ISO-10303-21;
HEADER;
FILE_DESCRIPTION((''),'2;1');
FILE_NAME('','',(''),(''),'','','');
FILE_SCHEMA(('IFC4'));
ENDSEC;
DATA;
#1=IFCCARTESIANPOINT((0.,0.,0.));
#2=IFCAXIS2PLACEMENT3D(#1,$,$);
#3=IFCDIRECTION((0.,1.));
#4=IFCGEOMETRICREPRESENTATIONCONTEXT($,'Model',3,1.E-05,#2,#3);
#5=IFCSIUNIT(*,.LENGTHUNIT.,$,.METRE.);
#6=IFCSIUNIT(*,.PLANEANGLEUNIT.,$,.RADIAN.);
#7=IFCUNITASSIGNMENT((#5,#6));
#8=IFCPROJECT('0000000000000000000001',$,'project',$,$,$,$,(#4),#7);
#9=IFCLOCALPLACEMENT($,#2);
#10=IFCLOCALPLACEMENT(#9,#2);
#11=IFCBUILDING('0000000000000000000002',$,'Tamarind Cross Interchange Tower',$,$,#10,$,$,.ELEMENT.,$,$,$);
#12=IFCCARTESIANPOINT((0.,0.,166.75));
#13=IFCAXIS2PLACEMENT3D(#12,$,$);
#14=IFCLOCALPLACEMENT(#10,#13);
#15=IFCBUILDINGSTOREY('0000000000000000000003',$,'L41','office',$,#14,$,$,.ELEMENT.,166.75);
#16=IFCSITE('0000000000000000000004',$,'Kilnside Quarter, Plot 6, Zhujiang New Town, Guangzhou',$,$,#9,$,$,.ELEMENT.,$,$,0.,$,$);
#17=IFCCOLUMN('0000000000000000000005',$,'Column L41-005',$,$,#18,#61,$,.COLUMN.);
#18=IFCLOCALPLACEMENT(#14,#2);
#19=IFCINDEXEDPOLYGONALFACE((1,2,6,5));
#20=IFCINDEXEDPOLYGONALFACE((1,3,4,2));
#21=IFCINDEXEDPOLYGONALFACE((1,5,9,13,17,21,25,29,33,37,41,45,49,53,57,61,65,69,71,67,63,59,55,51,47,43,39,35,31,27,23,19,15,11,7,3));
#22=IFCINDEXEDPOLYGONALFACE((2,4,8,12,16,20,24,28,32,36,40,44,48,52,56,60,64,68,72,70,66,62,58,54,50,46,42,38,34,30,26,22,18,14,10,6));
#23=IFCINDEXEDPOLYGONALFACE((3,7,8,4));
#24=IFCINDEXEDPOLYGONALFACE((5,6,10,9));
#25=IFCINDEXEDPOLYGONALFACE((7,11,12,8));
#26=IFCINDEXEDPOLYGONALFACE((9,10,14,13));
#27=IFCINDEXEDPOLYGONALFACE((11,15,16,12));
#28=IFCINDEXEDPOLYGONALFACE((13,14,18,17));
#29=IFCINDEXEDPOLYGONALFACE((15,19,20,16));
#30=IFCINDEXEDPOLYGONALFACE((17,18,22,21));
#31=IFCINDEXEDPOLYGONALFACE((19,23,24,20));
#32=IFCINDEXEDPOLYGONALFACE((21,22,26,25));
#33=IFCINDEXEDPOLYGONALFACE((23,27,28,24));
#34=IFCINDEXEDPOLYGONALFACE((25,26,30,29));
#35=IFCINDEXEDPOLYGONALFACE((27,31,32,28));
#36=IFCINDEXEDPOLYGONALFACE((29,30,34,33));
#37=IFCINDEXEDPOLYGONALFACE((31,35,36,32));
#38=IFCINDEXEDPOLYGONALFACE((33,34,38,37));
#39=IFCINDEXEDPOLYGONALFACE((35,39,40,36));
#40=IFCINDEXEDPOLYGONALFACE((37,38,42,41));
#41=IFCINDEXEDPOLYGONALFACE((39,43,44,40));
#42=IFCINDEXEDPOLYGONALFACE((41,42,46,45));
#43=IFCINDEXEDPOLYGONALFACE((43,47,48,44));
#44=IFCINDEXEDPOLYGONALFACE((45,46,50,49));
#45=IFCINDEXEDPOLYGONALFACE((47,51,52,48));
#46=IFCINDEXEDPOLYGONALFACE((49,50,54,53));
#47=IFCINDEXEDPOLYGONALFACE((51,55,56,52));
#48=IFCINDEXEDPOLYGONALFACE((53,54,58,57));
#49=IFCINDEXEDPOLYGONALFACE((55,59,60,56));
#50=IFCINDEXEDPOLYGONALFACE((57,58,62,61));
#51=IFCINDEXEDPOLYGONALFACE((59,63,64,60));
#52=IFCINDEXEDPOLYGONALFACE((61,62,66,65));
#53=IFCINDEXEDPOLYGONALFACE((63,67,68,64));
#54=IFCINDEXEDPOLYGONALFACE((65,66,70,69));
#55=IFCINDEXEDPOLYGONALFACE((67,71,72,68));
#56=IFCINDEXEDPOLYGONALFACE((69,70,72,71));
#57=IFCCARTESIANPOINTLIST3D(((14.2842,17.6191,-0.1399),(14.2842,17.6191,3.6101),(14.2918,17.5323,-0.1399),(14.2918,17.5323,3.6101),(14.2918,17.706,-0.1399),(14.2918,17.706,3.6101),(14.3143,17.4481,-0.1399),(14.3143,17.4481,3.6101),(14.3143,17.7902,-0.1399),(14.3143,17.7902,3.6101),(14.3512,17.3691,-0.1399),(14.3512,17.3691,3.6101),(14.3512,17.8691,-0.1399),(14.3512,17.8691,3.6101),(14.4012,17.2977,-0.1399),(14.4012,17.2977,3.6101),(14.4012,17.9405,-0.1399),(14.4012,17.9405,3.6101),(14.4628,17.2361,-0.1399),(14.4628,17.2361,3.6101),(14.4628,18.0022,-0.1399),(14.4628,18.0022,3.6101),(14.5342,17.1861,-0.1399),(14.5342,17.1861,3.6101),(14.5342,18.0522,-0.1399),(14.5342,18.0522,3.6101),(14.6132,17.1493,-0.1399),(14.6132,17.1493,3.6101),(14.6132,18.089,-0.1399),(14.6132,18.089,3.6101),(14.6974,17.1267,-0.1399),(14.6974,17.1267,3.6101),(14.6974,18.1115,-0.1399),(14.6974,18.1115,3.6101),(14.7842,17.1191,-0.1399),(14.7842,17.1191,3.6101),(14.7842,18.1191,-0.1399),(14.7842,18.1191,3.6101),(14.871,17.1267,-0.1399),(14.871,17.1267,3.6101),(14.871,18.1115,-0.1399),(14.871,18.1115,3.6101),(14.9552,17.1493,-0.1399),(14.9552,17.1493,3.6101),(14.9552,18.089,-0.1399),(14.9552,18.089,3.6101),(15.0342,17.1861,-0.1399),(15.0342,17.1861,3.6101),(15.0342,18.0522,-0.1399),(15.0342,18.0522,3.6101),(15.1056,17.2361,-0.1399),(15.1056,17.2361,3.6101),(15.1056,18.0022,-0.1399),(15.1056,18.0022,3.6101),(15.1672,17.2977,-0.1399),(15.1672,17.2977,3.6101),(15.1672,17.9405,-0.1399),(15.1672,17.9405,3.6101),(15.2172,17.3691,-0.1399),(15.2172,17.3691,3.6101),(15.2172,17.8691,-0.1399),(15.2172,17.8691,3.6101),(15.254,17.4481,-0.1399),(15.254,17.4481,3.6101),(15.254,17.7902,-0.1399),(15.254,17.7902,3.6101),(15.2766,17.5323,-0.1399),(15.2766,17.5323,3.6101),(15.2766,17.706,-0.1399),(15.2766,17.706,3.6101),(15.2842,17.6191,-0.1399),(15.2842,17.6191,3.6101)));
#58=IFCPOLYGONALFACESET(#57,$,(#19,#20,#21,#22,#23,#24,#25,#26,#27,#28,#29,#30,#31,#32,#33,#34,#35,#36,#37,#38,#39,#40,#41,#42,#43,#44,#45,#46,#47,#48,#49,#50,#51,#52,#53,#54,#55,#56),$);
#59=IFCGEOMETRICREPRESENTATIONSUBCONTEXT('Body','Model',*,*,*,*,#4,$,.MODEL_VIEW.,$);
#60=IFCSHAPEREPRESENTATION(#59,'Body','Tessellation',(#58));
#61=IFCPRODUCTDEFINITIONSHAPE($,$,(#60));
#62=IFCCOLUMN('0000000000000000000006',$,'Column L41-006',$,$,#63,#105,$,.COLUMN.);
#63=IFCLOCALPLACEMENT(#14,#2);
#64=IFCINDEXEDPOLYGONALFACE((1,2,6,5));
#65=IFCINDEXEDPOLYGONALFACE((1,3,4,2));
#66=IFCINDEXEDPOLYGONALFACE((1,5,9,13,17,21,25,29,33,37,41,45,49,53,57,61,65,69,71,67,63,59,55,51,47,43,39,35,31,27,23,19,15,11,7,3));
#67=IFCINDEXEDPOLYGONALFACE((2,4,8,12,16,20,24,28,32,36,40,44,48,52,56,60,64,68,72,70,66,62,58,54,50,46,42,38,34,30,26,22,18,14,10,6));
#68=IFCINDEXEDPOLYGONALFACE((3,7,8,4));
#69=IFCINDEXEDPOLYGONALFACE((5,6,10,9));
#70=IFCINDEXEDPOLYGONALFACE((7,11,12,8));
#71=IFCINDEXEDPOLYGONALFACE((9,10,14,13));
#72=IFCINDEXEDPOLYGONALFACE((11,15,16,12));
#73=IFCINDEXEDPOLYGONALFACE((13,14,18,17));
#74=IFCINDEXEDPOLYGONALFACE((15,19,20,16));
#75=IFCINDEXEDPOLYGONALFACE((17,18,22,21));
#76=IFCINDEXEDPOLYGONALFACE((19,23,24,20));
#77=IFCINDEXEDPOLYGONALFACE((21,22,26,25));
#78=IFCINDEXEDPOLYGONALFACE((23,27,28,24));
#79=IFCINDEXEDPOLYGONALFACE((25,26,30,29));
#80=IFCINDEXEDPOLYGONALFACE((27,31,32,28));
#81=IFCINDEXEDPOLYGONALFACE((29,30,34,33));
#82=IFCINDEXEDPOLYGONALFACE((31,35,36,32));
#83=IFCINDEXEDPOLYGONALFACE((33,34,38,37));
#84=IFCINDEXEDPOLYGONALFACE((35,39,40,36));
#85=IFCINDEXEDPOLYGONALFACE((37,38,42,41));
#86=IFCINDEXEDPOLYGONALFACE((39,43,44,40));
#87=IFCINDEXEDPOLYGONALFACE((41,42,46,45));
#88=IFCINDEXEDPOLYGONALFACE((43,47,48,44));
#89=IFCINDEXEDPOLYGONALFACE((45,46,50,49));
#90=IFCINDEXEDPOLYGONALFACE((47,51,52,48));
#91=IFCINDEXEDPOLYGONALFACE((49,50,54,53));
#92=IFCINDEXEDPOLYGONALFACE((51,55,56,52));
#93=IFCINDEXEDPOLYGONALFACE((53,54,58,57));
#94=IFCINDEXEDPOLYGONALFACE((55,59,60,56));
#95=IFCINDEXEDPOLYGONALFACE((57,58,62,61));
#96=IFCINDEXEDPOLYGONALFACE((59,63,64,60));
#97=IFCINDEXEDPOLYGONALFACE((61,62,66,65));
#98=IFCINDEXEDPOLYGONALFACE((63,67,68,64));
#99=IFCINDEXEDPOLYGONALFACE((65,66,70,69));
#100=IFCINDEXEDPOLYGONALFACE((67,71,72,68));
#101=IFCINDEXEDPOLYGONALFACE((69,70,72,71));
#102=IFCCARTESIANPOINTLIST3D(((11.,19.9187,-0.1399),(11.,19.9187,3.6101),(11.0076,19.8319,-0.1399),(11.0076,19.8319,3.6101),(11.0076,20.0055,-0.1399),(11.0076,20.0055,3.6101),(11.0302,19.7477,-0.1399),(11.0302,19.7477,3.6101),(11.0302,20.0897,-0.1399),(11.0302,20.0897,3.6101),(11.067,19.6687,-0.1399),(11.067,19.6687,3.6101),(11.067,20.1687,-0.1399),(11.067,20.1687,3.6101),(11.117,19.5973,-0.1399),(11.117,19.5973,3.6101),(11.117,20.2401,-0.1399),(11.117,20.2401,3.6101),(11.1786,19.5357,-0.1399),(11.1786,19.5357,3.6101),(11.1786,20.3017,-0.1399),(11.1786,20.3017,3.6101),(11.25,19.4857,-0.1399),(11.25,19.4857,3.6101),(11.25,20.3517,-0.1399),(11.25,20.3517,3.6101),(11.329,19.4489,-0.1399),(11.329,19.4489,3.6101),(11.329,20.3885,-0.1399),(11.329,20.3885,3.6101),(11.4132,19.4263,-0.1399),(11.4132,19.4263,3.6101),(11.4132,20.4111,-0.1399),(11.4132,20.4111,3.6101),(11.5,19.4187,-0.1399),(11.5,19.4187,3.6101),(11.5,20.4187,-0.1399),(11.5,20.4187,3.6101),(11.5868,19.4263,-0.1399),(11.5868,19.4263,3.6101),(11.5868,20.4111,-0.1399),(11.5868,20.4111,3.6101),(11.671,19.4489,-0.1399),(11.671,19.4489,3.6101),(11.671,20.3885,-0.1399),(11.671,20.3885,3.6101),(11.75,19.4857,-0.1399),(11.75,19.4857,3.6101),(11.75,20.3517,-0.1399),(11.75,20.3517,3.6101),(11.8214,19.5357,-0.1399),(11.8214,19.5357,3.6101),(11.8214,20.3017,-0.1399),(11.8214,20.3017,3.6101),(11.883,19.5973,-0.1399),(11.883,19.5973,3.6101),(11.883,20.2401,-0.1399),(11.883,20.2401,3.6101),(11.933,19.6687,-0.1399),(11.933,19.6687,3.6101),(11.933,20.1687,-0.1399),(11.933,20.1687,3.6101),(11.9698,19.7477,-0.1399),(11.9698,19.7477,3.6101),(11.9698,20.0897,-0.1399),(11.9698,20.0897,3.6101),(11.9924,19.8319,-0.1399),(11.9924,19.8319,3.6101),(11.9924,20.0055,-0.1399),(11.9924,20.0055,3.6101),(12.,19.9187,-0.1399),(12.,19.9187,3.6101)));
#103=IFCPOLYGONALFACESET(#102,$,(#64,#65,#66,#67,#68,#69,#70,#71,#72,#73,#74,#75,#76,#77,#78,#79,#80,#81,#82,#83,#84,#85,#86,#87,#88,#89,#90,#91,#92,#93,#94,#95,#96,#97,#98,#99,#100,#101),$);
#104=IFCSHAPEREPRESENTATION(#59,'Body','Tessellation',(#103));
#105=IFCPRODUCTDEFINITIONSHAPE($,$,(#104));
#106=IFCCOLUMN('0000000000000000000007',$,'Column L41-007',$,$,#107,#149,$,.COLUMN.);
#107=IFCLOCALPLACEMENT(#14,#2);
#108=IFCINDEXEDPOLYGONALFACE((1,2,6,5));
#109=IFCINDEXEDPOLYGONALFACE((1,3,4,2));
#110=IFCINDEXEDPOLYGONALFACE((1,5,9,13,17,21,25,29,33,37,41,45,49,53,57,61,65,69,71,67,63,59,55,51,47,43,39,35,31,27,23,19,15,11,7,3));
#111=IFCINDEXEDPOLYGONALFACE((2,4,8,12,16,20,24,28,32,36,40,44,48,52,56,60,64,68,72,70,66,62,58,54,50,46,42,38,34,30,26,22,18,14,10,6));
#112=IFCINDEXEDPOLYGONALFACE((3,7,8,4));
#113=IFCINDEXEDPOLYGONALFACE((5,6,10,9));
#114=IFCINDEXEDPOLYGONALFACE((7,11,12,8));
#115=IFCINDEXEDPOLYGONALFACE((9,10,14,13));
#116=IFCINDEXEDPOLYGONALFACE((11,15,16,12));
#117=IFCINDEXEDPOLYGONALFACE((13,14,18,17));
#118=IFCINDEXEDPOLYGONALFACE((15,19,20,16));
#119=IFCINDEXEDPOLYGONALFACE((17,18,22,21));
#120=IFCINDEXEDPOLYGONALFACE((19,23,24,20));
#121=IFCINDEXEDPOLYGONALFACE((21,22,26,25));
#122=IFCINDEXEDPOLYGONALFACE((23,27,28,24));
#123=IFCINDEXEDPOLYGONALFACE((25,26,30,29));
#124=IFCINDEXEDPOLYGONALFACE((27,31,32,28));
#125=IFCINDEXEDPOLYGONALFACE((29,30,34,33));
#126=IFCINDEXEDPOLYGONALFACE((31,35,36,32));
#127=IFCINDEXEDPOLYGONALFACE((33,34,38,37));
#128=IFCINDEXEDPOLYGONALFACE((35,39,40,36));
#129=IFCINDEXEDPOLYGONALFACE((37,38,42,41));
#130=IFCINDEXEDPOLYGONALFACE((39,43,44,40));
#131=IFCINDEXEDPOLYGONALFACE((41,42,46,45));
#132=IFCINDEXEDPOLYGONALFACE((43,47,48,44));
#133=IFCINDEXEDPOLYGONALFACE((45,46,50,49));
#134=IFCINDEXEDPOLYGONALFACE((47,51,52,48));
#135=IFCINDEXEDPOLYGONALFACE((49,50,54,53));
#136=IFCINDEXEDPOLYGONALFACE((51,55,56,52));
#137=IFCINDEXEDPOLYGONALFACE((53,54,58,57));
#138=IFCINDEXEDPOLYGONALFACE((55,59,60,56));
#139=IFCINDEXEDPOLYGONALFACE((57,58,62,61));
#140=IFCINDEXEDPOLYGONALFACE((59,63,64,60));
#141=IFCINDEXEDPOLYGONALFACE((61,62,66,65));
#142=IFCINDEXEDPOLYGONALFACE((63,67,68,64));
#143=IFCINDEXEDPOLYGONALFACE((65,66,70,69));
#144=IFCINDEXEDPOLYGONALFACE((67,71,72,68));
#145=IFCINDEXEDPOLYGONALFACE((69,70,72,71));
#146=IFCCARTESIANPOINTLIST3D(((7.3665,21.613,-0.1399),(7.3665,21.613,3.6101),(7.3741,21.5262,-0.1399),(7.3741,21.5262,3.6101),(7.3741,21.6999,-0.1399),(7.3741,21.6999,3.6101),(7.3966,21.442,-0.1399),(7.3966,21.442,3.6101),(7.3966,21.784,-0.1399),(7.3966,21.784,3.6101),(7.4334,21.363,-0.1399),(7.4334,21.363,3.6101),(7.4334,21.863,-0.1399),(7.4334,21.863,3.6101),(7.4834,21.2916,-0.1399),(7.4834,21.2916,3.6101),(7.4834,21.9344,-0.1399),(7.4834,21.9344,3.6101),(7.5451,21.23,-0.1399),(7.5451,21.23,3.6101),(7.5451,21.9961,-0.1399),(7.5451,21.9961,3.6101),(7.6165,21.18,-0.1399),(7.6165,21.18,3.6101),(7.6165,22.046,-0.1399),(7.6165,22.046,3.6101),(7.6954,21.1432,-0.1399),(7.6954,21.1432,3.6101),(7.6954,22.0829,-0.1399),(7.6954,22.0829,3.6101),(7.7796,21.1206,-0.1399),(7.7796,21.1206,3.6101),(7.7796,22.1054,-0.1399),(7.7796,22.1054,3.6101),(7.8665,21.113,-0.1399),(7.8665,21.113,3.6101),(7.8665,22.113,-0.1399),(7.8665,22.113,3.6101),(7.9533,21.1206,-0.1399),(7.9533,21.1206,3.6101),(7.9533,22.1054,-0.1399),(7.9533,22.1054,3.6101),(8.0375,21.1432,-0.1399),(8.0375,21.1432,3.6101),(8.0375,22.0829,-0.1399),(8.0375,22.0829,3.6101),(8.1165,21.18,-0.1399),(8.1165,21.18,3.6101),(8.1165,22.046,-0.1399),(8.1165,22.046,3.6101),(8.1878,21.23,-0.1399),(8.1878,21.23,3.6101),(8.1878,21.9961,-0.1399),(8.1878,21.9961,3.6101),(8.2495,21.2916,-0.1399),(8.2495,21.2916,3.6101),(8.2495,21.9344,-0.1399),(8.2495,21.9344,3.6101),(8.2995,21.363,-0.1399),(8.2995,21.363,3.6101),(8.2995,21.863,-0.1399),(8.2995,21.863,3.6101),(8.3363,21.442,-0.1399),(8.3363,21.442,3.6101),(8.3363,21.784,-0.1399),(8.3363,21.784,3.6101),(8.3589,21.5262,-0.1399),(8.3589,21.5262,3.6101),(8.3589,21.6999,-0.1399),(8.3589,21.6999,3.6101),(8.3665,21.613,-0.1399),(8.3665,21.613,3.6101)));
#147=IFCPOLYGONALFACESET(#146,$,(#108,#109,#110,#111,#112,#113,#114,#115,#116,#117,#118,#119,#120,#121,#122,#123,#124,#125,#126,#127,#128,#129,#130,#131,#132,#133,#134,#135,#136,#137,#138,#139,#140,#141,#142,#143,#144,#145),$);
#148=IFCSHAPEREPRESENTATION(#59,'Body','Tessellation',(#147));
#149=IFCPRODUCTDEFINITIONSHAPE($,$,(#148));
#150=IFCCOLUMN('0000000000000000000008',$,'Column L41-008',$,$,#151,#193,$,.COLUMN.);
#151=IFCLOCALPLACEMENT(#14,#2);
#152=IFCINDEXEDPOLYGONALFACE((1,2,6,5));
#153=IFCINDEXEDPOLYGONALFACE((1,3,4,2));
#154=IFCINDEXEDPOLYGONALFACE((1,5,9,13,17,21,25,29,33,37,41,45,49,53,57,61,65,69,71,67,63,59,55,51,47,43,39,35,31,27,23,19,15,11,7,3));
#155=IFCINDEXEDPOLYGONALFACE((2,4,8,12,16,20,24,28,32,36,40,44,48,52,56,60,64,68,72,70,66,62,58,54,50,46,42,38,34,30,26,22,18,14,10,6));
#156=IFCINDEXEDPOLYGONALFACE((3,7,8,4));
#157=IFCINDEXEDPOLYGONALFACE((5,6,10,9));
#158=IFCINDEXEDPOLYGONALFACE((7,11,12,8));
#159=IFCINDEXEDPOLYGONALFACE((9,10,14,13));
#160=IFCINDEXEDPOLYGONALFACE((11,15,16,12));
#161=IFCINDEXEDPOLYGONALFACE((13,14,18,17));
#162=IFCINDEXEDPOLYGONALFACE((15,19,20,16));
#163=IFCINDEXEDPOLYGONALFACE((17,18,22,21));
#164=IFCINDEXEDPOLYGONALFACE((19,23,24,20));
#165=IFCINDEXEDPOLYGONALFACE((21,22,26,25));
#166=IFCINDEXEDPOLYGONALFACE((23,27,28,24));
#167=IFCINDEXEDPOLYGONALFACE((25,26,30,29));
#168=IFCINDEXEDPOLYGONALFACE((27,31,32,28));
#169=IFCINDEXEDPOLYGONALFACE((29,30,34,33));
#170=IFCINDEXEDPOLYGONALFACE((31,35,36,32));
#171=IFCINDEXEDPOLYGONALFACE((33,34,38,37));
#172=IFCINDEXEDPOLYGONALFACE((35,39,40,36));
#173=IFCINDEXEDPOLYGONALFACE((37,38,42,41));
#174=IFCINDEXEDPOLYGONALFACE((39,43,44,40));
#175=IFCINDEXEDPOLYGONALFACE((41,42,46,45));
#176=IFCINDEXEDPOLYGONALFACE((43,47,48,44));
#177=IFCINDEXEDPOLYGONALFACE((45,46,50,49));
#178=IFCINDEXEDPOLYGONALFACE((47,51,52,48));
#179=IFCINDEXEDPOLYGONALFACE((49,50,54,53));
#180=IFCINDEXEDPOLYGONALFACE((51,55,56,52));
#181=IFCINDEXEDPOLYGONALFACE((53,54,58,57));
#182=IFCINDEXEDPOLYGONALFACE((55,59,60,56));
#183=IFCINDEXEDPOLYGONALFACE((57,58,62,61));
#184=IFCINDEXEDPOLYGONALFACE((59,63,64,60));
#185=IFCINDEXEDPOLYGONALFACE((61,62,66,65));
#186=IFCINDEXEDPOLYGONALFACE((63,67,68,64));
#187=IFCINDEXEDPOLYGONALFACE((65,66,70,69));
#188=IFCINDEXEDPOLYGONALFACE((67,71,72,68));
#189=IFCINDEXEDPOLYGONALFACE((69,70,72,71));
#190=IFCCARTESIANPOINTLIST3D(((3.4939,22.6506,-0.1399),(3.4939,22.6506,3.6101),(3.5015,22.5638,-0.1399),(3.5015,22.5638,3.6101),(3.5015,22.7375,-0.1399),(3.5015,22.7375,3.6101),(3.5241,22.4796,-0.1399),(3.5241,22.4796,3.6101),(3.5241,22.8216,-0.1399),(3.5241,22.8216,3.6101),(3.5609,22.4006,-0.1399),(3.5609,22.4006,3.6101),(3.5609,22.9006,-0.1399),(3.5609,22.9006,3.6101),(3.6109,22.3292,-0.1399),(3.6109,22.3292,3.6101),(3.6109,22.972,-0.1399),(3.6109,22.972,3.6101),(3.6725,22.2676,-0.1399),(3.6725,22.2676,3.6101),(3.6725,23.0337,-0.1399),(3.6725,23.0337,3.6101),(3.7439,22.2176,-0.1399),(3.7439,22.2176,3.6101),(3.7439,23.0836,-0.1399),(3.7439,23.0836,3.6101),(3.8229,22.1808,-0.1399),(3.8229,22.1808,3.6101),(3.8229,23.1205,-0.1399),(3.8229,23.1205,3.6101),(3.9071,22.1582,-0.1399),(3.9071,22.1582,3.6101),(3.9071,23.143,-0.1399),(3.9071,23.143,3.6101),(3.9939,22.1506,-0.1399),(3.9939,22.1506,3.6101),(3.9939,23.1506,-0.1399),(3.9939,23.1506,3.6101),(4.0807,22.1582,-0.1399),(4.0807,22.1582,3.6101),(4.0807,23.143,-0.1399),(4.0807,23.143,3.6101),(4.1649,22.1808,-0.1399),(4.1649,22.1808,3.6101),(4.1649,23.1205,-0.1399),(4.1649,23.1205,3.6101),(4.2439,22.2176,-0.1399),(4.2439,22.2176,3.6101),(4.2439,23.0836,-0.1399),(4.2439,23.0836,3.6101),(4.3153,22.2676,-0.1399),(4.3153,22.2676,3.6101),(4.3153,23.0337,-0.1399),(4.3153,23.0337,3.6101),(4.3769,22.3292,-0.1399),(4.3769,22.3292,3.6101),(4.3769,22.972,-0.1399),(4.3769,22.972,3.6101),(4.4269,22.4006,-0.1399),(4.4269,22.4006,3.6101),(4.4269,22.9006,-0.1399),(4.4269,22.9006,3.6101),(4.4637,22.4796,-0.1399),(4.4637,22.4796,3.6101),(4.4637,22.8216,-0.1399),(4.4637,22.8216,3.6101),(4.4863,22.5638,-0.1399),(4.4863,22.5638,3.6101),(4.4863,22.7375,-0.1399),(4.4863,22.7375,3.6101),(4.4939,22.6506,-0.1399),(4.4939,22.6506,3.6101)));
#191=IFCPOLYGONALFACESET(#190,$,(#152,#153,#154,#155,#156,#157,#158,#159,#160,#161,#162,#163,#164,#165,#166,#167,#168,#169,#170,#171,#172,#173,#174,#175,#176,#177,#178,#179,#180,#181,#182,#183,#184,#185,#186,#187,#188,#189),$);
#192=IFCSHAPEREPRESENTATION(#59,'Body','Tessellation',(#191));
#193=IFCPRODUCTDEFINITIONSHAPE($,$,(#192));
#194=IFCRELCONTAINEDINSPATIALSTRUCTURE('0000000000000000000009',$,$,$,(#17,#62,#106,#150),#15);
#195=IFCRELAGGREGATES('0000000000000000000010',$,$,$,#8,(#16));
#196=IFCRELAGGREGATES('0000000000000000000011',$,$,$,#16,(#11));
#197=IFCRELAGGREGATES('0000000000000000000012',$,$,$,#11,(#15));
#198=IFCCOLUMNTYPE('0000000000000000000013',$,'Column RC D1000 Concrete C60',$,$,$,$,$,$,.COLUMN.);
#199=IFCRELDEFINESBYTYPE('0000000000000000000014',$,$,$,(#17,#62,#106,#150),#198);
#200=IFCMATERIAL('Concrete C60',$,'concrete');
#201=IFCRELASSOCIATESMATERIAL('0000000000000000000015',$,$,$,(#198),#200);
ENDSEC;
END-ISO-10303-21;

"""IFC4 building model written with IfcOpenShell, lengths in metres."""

from ifc_helpers import new_model, si_unit, direction, frame, origin, origin_2d, place, context, subcontext, project, spatial, circle, extrude, material, material_profile, profile_set, type_object, element, save


model = new_model("IFC4")

# Units and contexts
model_context = context("Model", 3, precision=1e-05, world=origin(), true_north=direction((0.0, 1.0)))
body_context = subcontext(model_context, "Body", "Model", "MODEL_VIEW")
ifc_project = project(units=[si_unit("LENGTHUNIT", "METRE"), si_unit("PLANEANGLEUNIT", "RADIAN")], contexts=[model_context])

# Site, building, storey
site_placement = place(None, origin())
site = spatial("IfcSite", under=ifc_project, at=site_placement, Name="Kilnside Quarter, Plot 6, Zhujiang New Town, Guangzhou", CompositionType="ELEMENT", RefElevation=0.0)
building_placement = place(site_placement, origin())
building = spatial("IfcBuilding", under=site, at=building_placement, Name="Tamarind Cross Interchange Tower", CompositionType="ELEMENT")
storey_placement = place(building_placement, frame((0.0, 0.0, 166.75)))
storey = spatial("IfcBuildingStorey", under=building, at=storey_placement, Name="L41", Description="office", CompositionType="ELEMENT", Elevation=166.75)

# Columns
ifc_material_1 = material(Name="Concrete C60", Category="concrete")
ifc_material_profile_1 = material_profile(ifc_material_1, circle(Radius=0.5, at=origin_2d()), Name="RC D1000")
ifc_profile_set_1 = profile_set([ifc_material_profile_1], Name="Concrete C60")
column_type = type_object("IfcColumnType", Name="Column RC D1000 Concrete C60", PredefinedType="COLUMN", material=ifc_profile_set_1)
for number, where, z_axis, x_axis, name in (
    (1, (14.7842, 17.6191, -0.1399), (0.0, 0.0, 1.0), (1.0, 0.0, 0.0), "Column L41-005"),
    (2, (11.5, 19.9187, -0.1399), (0.0, 0.0, 1.0), (1.0, 0.0, 0.0), "Column L41-006"),
    (3, (7.8665, 21.613, -0.1399), (0.0, 0.0, 1.0), (1.0, 0.0, 0.0), "Column L41-007"),
    (4, (3.9939, 22.6506, -0.1399), (0.0, 0.0, 1.0), (1.0, 0.0, 0.0), "Column L41-008"),
):
    element("IfcColumn", number, at=place(storey_placement, frame(where, z_axis=z_axis, x_axis=x_axis)), inside=storey, type_object=column_type, Name=name, PredefinedType="COLUMN", context=body_context, shape_type="SweptSolid", body=[
        extrude(circle(Radius=0.5, at=origin_2d()), origin(), (0.0, 0.0, 1.0), 3.75),
    ])

save(model, "model.ifc")
